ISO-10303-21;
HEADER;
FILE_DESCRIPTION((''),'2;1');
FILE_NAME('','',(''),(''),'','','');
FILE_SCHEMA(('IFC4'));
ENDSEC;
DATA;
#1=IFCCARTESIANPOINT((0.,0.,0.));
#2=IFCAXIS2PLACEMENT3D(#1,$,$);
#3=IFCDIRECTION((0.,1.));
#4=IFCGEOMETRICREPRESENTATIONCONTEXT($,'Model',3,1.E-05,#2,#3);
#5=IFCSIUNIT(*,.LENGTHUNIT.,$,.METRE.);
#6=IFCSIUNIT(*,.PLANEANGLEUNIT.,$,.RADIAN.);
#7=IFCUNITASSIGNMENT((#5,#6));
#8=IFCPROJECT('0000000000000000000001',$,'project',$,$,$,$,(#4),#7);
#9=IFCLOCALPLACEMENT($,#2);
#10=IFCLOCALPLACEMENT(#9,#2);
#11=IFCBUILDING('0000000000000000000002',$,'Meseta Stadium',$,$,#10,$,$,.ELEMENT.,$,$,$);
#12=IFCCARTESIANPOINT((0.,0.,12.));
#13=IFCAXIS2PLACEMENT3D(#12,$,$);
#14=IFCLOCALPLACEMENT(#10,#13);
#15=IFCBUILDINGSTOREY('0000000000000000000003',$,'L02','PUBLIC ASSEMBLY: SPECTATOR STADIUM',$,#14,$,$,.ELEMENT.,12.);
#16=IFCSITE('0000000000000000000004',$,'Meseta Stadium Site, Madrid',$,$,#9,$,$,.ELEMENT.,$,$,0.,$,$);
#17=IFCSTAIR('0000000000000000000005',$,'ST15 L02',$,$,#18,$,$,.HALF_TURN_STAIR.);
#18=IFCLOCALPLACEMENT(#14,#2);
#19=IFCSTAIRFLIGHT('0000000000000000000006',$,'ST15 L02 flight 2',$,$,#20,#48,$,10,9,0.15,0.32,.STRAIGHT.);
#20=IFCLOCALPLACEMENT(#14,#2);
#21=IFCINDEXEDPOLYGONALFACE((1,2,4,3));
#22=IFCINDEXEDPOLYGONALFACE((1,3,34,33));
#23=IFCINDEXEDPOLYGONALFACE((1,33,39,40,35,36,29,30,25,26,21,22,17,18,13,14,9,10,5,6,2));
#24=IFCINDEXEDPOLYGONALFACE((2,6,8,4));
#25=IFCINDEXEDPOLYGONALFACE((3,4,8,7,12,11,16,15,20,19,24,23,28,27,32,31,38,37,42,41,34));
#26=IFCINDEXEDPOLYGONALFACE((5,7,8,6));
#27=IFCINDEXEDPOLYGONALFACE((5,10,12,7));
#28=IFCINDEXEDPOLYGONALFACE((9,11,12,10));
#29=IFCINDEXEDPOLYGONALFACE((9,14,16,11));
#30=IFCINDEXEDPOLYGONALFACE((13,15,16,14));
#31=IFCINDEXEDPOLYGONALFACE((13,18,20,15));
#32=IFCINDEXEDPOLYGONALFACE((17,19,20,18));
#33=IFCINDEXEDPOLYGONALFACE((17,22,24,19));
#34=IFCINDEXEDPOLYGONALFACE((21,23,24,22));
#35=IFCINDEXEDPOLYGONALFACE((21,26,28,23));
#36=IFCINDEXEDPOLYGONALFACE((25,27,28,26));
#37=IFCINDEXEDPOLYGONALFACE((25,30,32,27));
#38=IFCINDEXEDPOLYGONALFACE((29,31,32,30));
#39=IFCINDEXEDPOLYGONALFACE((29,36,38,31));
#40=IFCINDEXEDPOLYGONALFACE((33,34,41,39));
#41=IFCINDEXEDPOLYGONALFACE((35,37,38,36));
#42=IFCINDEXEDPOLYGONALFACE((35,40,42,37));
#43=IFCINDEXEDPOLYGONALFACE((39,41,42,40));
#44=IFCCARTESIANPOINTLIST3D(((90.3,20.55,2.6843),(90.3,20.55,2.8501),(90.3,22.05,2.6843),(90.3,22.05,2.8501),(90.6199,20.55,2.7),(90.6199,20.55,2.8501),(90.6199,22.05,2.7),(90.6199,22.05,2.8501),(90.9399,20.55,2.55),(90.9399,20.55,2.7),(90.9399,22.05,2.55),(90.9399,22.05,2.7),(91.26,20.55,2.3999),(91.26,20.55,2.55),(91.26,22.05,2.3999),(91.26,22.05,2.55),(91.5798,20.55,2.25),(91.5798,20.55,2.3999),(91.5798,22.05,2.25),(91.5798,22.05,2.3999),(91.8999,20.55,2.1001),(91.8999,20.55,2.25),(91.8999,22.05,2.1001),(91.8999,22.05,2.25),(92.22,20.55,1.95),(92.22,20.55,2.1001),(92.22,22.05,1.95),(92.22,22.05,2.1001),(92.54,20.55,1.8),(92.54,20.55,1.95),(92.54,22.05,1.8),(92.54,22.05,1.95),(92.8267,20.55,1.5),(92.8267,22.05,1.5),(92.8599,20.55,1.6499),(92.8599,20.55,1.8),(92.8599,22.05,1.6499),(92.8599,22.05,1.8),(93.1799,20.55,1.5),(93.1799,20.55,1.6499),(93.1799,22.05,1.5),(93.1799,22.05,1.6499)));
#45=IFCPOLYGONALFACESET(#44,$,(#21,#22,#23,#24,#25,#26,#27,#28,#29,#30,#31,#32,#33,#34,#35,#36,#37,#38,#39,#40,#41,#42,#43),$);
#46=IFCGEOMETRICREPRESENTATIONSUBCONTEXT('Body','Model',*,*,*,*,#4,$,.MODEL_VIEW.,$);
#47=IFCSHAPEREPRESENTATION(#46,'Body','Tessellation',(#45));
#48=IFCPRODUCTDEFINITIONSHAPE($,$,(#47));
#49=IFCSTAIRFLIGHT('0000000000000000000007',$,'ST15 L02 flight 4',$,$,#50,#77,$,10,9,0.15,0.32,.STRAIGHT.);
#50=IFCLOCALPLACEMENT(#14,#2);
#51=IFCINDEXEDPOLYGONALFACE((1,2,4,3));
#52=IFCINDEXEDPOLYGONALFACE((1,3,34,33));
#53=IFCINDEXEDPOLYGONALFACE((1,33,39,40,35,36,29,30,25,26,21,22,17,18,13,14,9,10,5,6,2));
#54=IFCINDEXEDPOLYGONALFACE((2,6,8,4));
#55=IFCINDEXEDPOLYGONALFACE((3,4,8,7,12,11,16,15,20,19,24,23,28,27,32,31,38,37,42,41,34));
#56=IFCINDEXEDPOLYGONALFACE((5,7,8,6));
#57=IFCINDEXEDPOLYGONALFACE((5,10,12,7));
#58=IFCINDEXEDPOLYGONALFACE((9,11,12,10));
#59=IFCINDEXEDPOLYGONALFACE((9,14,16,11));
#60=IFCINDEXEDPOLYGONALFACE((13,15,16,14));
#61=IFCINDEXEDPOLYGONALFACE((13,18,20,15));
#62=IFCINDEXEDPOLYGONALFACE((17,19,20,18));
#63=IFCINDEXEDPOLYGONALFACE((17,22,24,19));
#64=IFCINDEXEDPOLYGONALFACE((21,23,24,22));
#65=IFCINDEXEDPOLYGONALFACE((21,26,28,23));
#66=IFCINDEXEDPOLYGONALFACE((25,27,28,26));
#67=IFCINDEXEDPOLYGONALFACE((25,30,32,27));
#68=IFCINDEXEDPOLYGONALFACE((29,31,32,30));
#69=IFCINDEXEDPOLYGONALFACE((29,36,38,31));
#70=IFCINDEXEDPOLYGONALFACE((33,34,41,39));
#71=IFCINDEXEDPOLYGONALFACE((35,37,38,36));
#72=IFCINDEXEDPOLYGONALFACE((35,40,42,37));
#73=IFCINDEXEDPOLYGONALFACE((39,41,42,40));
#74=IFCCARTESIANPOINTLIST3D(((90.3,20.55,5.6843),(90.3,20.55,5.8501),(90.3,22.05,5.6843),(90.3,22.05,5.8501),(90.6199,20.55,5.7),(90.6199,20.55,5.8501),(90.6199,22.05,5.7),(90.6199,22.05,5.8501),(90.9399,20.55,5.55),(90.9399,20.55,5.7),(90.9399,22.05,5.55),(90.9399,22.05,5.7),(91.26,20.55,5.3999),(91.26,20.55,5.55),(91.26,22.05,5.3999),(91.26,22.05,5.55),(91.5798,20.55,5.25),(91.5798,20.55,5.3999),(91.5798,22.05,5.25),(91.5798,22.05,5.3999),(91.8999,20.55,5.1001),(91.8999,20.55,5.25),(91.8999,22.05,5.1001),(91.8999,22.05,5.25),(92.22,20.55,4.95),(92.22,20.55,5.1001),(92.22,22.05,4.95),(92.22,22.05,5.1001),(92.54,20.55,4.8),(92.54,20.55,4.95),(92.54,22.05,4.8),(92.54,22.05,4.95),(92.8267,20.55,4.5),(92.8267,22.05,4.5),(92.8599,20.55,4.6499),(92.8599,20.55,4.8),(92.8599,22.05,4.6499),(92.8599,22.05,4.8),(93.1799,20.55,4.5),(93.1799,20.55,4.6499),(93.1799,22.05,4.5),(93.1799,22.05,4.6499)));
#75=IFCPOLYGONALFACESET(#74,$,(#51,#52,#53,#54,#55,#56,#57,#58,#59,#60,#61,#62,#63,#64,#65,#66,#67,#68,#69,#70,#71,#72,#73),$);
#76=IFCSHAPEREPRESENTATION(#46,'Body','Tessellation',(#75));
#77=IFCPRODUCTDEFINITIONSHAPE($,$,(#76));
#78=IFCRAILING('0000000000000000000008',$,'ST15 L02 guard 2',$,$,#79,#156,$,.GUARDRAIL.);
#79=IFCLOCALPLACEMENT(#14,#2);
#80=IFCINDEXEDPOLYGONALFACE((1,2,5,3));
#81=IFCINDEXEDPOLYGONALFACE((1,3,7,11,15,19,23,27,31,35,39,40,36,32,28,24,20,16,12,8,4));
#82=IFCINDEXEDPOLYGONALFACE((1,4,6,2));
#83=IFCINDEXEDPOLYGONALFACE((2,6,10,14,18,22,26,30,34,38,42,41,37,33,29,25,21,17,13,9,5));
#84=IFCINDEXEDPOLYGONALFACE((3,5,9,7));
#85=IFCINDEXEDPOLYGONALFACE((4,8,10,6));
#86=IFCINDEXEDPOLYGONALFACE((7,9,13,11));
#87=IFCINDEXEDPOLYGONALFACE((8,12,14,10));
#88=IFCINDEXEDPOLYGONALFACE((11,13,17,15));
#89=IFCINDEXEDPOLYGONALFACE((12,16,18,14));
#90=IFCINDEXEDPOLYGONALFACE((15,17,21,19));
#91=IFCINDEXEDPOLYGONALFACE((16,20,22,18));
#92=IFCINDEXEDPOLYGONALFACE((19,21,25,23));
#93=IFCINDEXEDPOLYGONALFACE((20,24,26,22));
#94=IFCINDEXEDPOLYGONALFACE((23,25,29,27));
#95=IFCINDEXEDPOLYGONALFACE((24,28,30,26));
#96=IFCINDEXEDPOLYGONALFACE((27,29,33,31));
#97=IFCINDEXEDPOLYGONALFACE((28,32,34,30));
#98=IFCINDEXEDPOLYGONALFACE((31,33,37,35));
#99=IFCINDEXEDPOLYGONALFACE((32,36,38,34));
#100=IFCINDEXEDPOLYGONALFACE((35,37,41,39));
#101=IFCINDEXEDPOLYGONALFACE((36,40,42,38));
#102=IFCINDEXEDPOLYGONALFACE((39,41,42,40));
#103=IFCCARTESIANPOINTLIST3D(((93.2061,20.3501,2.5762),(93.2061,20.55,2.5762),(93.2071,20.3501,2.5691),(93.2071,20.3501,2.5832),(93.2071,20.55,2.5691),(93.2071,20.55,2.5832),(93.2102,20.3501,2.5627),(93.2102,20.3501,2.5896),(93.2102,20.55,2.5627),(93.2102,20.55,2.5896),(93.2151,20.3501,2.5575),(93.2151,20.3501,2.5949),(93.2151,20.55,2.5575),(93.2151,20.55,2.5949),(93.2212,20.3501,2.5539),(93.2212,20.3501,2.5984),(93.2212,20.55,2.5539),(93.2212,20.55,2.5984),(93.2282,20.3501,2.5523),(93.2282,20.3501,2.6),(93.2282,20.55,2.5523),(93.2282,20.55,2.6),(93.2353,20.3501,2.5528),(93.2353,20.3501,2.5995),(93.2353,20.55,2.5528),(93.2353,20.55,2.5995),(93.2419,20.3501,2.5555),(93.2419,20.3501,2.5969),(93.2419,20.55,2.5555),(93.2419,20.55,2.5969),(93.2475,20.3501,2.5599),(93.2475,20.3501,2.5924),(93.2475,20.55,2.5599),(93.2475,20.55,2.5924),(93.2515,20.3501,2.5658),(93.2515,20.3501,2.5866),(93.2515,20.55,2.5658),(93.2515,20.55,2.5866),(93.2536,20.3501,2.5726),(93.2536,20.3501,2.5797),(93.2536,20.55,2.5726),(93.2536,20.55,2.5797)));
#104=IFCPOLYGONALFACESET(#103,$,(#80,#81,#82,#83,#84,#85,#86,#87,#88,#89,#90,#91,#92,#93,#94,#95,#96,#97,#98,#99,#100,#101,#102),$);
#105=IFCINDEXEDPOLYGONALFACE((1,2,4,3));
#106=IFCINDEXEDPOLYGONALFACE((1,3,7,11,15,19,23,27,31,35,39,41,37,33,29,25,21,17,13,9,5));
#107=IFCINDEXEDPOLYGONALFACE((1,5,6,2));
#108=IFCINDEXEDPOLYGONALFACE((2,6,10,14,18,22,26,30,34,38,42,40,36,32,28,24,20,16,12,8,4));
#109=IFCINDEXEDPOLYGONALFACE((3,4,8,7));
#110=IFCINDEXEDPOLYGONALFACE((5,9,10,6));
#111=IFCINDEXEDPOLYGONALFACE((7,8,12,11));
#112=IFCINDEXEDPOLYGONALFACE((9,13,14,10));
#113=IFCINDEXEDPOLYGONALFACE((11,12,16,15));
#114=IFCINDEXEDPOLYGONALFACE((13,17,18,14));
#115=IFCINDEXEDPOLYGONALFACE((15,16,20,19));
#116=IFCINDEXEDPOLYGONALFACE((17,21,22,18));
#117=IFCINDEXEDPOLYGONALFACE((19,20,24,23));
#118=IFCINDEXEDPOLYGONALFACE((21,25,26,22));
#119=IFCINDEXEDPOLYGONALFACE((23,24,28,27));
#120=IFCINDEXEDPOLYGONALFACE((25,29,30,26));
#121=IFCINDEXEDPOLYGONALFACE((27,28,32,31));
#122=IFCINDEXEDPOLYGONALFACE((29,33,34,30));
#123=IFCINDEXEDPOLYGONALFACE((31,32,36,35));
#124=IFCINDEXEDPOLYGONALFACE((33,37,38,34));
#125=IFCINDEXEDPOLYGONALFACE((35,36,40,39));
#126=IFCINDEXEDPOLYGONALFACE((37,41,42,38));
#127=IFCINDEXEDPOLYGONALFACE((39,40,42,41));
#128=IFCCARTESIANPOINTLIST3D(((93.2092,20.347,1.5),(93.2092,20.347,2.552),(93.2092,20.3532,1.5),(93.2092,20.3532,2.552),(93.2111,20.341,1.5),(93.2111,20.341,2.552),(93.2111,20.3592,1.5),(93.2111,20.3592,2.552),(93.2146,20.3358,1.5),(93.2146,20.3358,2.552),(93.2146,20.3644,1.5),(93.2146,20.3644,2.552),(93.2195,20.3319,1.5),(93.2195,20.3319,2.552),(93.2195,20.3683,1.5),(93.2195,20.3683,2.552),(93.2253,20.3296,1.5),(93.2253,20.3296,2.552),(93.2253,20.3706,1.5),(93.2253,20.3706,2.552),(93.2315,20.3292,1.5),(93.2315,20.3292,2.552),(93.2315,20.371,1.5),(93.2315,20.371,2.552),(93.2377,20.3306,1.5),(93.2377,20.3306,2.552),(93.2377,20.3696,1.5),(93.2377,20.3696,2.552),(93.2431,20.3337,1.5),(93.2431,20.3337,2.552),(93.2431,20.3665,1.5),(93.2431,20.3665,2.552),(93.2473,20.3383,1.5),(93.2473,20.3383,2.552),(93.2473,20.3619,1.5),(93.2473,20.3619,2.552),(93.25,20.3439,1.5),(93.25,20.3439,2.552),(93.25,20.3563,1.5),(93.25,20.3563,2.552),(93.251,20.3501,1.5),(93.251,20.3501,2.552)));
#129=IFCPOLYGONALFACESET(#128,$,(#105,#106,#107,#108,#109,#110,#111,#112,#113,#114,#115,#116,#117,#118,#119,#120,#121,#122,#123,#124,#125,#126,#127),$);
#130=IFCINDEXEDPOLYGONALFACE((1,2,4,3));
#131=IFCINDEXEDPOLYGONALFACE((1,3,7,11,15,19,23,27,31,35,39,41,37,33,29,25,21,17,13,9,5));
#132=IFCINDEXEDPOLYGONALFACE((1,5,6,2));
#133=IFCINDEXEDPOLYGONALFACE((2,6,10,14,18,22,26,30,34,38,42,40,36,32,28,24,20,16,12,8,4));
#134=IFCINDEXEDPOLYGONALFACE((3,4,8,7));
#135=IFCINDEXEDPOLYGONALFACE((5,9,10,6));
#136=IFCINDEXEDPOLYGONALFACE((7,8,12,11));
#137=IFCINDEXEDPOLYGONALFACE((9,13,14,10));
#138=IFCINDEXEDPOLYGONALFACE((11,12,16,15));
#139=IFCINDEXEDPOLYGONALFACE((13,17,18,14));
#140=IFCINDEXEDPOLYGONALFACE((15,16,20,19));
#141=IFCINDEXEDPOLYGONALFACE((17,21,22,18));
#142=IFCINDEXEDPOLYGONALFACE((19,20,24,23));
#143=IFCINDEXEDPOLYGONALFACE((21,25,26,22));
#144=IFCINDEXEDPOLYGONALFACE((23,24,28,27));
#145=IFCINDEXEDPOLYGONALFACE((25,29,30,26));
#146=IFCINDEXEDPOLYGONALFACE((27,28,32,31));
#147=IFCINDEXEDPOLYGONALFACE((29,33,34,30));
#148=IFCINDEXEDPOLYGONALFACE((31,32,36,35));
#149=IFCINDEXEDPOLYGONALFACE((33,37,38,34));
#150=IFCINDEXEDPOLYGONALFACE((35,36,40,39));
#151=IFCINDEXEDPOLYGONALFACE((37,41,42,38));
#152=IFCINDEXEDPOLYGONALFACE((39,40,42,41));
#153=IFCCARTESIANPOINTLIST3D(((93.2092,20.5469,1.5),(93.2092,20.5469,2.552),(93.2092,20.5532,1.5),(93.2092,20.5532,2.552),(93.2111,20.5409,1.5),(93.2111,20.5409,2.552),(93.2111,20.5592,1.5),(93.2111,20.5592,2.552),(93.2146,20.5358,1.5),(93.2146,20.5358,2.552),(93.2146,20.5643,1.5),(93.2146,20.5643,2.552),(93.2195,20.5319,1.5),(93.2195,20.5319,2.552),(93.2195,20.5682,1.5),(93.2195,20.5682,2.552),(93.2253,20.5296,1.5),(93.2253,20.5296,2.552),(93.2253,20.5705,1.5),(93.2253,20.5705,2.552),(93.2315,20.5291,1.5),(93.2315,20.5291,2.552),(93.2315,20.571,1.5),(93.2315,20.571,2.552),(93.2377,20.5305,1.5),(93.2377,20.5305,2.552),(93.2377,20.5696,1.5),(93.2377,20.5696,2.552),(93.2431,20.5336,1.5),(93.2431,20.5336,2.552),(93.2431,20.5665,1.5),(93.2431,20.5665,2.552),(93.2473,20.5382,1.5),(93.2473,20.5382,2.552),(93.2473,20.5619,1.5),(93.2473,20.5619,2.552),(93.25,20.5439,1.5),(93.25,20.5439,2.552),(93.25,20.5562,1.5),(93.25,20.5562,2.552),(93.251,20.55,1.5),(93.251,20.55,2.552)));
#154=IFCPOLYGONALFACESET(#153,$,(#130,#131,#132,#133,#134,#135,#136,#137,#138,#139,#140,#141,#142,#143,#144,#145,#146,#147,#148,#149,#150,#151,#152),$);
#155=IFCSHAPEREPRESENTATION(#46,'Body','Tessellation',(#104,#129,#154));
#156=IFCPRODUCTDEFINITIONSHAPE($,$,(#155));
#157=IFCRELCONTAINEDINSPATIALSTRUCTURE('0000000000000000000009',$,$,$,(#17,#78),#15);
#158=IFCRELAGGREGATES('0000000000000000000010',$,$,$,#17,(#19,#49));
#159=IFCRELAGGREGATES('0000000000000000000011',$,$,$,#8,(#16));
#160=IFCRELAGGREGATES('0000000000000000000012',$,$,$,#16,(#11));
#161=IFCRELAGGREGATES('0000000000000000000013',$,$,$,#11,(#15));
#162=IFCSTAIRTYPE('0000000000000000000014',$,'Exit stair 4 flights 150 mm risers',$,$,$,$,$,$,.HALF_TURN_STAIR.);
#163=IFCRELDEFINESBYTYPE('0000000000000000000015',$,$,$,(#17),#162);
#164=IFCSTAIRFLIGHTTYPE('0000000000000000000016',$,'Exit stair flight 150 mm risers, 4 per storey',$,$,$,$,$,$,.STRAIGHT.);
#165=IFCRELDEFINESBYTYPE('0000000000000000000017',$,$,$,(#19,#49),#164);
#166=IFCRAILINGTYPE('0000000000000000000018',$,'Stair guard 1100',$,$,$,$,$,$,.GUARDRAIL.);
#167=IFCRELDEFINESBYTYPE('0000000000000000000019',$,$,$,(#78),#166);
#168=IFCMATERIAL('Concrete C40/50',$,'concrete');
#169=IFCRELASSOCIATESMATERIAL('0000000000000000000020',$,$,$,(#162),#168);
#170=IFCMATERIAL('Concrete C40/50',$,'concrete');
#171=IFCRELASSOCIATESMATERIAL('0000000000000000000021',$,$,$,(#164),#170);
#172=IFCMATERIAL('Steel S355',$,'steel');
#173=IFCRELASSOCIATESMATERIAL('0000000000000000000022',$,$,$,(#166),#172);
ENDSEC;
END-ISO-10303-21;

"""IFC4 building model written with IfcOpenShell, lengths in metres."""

from ifc_helpers import new_model, si_unit, direction, frame, origin, origin_2d, place, context, subcontext, project, spatial, polyline, circle, outline, extrude, material, type_object, element, aggregate, save


model = new_model("IFC4")

# Units and contexts
model_context = context("Model", 3, precision=1e-05, world=origin(), true_north=direction((0.0, 1.0)))
body_context = subcontext(model_context, "Body", "Model", "MODEL_VIEW")
ifc_project = project(units=[si_unit("LENGTHUNIT", "METRE"), si_unit("PLANEANGLEUNIT", "RADIAN")], contexts=[model_context])

# Site, building, storey
site_placement = place(None, origin())
site = spatial("IfcSite", under=ifc_project, at=site_placement, Name="Meseta Stadium Site, Madrid", CompositionType="ELEMENT", RefElevation=0.0)
building_placement = place(site_placement, origin())
building = spatial("IfcBuilding", under=site, at=building_placement, Name="Meseta Stadium", CompositionType="ELEMENT")
storey_placement = place(building_placement, frame((0.0, 0.0, 12.0)))
storey = spatial("IfcBuildingStorey", under=building, at=storey_placement, Name="L02", Description="PUBLIC ASSEMBLY: SPECTATOR STADIUM", CompositionType="ELEMENT", Elevation=12.0)

# Stair, stair flights
ifc_material_1 = material(Name="Concrete C40/50", Category="concrete")
stair_type = type_object("IfcStairType", Name="Exit stair 4 flights 150 mm risers", PredefinedType="HALF_TURN_STAIR", material=ifc_material_1)
stair_placement = place(storey_placement, origin())
stair = element("IfcStair", 1, at=stair_placement, inside=storey, type_object=stair_type, Name="ST15 L02", PredefinedType="HALF_TURN_STAIR")
ifc_material_2 = material(Name="Concrete C40/50", Category="concrete")
stair_flight_type = type_object("IfcStairFlightType", Name="Exit stair flight 150 mm risers, 4 per storey", PredefinedType="STRAIGHT", material=ifc_material_2)
stair_flight_1_placement = place(storey_placement, frame((93.1799, 21.3, 1.5), z_axis=(0.0, 0.0, 1.0), x_axis=(-1.0, 0.0, 0.0)))
stair_flight_1 = element("IfcStairFlight", 2, at=stair_flight_1_placement, type_object=stair_flight_type, Name="ST15 L02 flight 2", NumberOfRisers=10, NumberOfTreads=9, PredefinedType="STRAIGHT", RiserHeight=0.15, TreadLength=0.32, context=body_context, shape_type="SweptSolid", body=[
    extrude(outline(polyline([(0.0, 0.0), (0.0, 0.1499), (0.3201, 0.1499), (0.3201, 0.3), (0.6399, 0.3), (0.6399, 0.45), (0.96, 0.45), (0.96, 0.6001), (1.28, 0.6001), (1.28, 0.75), (1.6001, 0.75), (1.6001, 0.8999), (1.9199, 0.8999), (1.9199, 1.05), (2.24, 1.05), (2.24, 1.2), (2.5601, 1.2), (2.5601, 1.3501), (2.8799, 1.3501), (2.8799, 1.1843), (0.3533, 0.0), (0.0, 0.0)])), frame((0.0, 0.75, 0.0), z_axis=(0.0, -1.0, 0.0), x_axis=(1.0, 0.0, 0.0)), (0.0, 0.0, 1.0), 1.5),
])
stair_flight_2_placement = place(storey_placement, frame((93.1799, 21.3, 4.5), z_axis=(0.0, 0.0, 1.0), x_axis=(-1.0, 0.0, 0.0)))
stair_flight_2 = element("IfcStairFlight", 3, at=stair_flight_2_placement, type_object=stair_flight_type, Name="ST15 L02 flight 4", NumberOfRisers=10, NumberOfTreads=9, PredefinedType="STRAIGHT", RiserHeight=0.15, TreadLength=0.32, context=body_context, shape_type="SweptSolid", body=[
    extrude(outline(polyline([(0.0, 0.0), (0.0, 0.1499), (0.3201, 0.1499), (0.3201, 0.3), (0.6399, 0.3), (0.6399, 0.45), (0.96, 0.45), (0.96, 0.6001), (1.28, 0.6001), (1.28, 0.75), (1.6001, 0.75), (1.6001, 0.8999), (1.9199, 0.8999), (1.9199, 1.05), (2.24, 1.05), (2.24, 1.2), (2.5601, 1.2), (2.5601, 1.3501), (2.8799, 1.3501), (2.8799, 1.1843), (0.3533, 0.0), (0.0, 0.0)])), frame((0.0, 0.75, 0.0), z_axis=(0.0, -1.0, 0.0), x_axis=(1.0, 0.0, 0.0)), (0.0, 0.0, 1.0), 1.5),
])
aggregate(stair, [stair_flight_1, stair_flight_2])

# Railing
ifc_material_3 = material(Name="Steel S355", Category="steel")
railing_type_1 = type_object("IfcRailingType", Name="Stair guard 1100", PredefinedType="GUARDRAIL", material=ifc_material_3)
railing_1_placement = place(storey_placement, frame((93.23, 20.3501, 1.5)))
element("IfcRailing", 4, at=railing_1_placement, inside=storey, type_object=railing_type_1, Name="ST15 L02 guard 2", PredefinedType="GUARDRAIL", context=body_context, shape_type="SweptSolid", body=[
    extrude(circle(Radius=0.0239, at=origin_2d()), frame((0.0, 0.0, 1.0762), z_axis=(0.0, 1.0, 0.0), x_axis=(-1.0, 0.0, 0.0)), (0.0, 0.0, 1.0), 0.2),
    extrude(circle(Radius=0.021, at=origin_2d()), origin(), (0.0, 0.0, 1.0), 1.052),
    extrude(circle(Radius=0.021, at=origin_2d()), frame((0.0, 0.2, 0.0)), (0.0, 0.0, 1.0), 1.052),
])

save(model, "model.ifc")
